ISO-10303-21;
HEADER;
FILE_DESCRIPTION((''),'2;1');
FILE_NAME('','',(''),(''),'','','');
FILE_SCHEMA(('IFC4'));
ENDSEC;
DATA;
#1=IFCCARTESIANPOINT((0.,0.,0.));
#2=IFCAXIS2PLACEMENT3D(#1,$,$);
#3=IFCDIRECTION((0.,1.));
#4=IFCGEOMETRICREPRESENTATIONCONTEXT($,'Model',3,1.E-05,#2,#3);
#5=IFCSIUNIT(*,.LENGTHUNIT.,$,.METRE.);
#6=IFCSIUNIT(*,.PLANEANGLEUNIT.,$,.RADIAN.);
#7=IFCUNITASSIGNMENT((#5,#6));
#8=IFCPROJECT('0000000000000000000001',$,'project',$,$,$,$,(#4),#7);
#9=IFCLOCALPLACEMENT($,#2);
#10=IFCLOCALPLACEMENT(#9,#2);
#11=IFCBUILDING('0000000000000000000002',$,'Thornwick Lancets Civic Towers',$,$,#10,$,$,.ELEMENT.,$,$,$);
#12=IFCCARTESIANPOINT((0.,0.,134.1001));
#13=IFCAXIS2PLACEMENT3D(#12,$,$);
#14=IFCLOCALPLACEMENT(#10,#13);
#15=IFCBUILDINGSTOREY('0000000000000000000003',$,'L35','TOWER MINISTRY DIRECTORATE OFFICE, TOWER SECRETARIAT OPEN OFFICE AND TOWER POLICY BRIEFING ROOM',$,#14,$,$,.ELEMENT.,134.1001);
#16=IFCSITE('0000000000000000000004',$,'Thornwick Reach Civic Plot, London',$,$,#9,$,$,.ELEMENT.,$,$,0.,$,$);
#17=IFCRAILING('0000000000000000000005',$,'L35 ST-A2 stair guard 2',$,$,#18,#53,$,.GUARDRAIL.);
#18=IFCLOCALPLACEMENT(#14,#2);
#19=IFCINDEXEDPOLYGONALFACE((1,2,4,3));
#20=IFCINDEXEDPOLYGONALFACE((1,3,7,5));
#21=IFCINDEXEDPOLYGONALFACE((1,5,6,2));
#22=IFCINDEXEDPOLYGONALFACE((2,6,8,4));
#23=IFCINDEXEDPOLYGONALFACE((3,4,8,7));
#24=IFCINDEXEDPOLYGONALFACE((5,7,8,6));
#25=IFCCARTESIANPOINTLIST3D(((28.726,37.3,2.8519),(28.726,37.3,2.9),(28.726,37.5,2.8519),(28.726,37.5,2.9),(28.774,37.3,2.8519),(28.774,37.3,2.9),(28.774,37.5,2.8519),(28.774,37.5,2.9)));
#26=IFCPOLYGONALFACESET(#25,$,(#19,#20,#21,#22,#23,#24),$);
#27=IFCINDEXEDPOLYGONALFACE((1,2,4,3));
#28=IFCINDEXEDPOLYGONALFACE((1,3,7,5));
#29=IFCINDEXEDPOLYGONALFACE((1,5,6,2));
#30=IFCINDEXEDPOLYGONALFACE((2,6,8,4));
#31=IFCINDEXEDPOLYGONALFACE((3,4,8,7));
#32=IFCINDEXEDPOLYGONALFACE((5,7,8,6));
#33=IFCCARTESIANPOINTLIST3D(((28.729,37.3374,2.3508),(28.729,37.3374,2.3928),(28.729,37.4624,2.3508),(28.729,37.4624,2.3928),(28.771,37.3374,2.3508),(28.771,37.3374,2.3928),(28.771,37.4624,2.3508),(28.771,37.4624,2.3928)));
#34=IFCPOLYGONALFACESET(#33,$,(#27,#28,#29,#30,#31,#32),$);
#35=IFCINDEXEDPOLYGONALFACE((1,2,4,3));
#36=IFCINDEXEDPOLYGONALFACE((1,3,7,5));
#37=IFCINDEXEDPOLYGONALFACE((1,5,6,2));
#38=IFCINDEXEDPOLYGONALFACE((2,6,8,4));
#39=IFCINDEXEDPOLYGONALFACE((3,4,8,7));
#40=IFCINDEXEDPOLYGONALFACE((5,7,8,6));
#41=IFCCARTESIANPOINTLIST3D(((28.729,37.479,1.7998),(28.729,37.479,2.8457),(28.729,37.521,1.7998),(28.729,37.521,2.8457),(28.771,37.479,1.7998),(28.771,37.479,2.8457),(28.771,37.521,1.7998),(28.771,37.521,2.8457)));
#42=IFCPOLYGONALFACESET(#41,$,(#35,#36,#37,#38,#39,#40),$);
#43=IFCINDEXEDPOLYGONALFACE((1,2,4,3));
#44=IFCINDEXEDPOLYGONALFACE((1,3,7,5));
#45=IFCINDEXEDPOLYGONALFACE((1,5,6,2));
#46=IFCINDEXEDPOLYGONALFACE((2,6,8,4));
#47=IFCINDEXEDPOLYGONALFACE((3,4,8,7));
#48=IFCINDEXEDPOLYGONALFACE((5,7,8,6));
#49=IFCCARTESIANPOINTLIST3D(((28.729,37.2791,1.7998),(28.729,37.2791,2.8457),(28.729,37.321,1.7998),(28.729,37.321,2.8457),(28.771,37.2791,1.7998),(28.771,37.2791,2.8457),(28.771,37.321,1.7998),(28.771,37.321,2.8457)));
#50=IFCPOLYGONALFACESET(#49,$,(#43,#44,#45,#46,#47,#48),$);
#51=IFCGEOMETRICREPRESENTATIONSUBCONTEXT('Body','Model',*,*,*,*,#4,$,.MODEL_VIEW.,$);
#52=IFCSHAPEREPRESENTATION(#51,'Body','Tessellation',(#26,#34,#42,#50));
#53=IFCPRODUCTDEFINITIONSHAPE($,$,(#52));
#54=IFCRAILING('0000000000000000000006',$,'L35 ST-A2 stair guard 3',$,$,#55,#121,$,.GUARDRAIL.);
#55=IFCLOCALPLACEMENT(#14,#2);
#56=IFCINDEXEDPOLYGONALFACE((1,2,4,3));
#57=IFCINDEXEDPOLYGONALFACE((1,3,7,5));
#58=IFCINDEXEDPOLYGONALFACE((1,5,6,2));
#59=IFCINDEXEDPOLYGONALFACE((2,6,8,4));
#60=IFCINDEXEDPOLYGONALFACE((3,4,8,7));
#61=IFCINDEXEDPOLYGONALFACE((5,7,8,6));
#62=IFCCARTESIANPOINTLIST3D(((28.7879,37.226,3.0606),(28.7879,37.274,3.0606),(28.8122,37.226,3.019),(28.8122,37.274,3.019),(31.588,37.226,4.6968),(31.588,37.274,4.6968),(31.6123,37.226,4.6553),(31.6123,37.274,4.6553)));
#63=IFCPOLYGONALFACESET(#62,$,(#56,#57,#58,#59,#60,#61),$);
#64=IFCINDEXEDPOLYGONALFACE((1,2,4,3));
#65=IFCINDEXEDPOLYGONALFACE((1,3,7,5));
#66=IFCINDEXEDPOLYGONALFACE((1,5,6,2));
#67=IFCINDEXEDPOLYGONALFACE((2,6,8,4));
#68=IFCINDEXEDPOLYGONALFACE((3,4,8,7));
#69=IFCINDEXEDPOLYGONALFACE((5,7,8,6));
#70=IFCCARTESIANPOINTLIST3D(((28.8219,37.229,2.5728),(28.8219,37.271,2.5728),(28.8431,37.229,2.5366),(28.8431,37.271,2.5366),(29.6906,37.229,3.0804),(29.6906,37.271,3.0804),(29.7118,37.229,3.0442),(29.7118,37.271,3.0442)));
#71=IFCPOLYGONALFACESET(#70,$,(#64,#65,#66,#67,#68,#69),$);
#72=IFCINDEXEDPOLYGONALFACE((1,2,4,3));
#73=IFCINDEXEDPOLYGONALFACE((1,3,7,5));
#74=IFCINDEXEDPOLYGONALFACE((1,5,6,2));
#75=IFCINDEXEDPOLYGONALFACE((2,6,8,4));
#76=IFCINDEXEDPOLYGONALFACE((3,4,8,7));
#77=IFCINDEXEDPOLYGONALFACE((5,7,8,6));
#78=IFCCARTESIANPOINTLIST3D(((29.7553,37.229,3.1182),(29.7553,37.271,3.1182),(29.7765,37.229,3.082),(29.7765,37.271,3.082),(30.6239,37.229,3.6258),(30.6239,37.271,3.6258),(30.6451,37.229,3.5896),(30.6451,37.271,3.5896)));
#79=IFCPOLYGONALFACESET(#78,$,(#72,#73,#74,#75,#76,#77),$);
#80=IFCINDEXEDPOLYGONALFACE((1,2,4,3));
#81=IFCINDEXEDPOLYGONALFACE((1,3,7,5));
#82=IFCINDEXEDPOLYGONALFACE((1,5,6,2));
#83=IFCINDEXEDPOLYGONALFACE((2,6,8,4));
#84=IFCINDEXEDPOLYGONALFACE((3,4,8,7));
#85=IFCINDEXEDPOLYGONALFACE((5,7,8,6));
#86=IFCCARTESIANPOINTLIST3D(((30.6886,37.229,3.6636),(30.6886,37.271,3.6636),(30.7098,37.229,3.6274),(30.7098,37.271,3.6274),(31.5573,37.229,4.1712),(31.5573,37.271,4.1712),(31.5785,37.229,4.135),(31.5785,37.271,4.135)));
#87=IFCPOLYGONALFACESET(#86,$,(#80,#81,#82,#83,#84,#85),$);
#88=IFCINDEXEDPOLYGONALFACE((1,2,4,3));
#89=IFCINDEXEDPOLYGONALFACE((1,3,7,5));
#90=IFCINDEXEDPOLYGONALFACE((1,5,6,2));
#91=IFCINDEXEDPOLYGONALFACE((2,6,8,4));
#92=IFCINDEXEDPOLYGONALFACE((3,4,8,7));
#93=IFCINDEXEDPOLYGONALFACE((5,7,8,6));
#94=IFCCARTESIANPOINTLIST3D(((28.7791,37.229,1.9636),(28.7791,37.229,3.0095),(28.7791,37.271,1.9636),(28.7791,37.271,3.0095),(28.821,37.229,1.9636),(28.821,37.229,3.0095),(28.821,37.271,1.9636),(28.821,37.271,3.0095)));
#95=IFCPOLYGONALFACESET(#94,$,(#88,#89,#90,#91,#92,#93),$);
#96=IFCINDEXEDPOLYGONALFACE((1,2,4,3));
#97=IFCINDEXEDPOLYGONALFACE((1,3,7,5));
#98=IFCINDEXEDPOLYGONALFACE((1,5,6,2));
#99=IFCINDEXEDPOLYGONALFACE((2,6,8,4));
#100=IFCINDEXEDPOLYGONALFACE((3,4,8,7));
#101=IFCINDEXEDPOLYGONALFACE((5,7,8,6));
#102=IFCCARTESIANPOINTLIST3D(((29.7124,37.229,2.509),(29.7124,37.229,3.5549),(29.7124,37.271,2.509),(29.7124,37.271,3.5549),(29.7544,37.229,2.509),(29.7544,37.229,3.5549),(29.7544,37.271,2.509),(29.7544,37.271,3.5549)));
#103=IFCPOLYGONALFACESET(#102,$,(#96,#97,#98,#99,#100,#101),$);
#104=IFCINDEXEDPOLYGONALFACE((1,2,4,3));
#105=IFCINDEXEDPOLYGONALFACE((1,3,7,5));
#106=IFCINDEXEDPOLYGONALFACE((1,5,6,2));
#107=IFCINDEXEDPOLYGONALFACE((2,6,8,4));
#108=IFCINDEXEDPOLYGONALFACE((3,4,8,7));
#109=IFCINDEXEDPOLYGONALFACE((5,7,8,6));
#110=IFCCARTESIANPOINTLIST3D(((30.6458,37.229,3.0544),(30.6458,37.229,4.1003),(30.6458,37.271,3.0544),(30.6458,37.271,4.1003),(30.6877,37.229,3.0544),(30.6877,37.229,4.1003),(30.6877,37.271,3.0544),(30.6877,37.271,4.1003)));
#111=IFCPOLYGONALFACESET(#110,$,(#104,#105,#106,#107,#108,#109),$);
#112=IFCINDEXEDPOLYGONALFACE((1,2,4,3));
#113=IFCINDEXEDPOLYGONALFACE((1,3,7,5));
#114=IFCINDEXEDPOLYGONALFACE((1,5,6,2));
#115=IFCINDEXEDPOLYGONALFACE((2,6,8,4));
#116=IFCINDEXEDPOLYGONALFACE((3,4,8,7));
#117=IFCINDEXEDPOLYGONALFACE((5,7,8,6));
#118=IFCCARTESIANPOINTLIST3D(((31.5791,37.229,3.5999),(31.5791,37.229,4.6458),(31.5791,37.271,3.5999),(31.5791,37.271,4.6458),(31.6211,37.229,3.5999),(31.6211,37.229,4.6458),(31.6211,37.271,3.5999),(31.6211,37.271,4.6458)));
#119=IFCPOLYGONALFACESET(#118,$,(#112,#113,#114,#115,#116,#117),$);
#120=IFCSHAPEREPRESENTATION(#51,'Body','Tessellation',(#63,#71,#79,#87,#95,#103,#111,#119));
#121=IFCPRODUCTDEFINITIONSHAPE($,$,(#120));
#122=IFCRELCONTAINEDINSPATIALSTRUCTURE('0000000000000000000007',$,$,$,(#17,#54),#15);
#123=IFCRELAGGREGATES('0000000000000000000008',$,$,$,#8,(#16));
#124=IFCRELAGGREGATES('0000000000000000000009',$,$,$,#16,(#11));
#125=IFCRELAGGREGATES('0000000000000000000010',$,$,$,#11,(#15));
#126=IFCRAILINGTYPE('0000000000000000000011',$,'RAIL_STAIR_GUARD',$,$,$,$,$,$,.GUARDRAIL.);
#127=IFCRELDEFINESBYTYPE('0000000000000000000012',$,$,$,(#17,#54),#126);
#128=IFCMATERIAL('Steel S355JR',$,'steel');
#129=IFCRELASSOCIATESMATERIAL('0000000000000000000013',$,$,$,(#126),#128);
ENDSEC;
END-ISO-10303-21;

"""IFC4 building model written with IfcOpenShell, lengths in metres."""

from ifc_helpers import new_model, si_unit, direction, frame, origin, origin_2d, place, context, subcontext, project, spatial, rectangle, extrude, material, type_object, element, save


model = new_model("IFC4")

# Units and contexts
model_context = context("Model", 3, precision=1e-05, world=origin(), true_north=direction((0.0, 1.0)))
body_context = subcontext(model_context, "Body", "Model", "MODEL_VIEW")
ifc_project = project(units=[si_unit("LENGTHUNIT", "METRE"), si_unit("PLANEANGLEUNIT", "RADIAN")], contexts=[model_context])

# Site, building, storey
site_placement = place(None, origin())
site = spatial("IfcSite", under=ifc_project, at=site_placement, Name="Thornwick Reach Civic Plot, London", CompositionType="ELEMENT", RefElevation=0.0)
building_placement = place(site_placement, origin())
building = spatial("IfcBuilding", under=site, at=building_placement, Name="Thornwick Lancets Civic Towers", CompositionType="ELEMENT")
storey_placement = place(building_placement, frame((0.0, 0.0, 134.1001)))
storey = spatial("IfcBuildingStorey", under=building, at=storey_placement, Name="L35", Description="TOWER MINISTRY DIRECTORATE OFFICE, TOWER SECRETARIAT OPEN OFFICE AND TOWER POLICY BRIEFING ROOM", CompositionType="ELEMENT", Elevation=134.1001)

# Shared definitions
ifc_material_1 = material(Name="Steel S355JR", Category="steel")

# Railings
railing_type_1 = type_object("IfcRailingType", Name="RAIL_STAIR_GUARD", PredefinedType="GUARDRAIL", material=ifc_material_1)
railing_1_placement = place(storey_placement, frame((28.75, 37.5, 1.7998)))
element("IfcRailing", 1, at=railing_1_placement, inside=storey, type_object=railing_type_1, Name="L35 ST-A2 stair guard 2", PredefinedType="GUARDRAIL", context=body_context, shape_type="SweptSolid", body=[
    extrude(rectangle(XDim=0.0481, YDim=0.0481, at=origin_2d()), frame((0.0, 0.0, 1.0762), z_axis=(0.0, -1.0, 0.0), x_axis=(1.0, 0.0, 0.0)), (0.0, 0.0, 1.0), 0.2),
    extrude(rectangle(XDim=0.042, YDim=0.042, at=origin_2d()), frame((0.0, -0.0376, 0.572), z_axis=(0.0, -1.0, 0.0), x_axis=(1.0, 0.0, 0.0)), (0.0, 0.0, 1.0), 0.125),
    extrude(rectangle(XDim=0.042, YDim=0.042, at=origin_2d()), origin(), (0.0, 0.0, 1.0), 1.0459),
    extrude(rectangle(XDim=0.042, YDim=0.042, at=origin_2d()), frame((0.0, -0.2, 0.0)), (0.0, 0.0, 1.0), 1.0459),
])
railing_2_placement = place(storey_placement, frame((28.8, 37.25, 1.9636)))
element("IfcRailing", 2, at=railing_2_placement, inside=storey, type_object=railing_type_1, Name="L35 ST-A2 stair guard 3", PredefinedType="GUARDRAIL", context=body_context, shape_type="SweptSolid", body=[
    extrude(rectangle(XDim=0.0481, YDim=0.0481, at=origin_2d()), frame((0.0, 0.0, 1.0762), z_axis=(0.863394, 0.0, 0.504531), x_axis=(0.0, 1.0, 0.0)), (0.0, 0.0, 1.0), 3.2432),
    extrude(rectangle(XDim=0.042, YDim=0.042, at=origin_2d()), frame((0.0325, 0.0, 0.5911), z_axis=(0.863394, 0.0, 0.504531), x_axis=(0.0, 1.0, 0.0)), (0.0, 0.0, 1.0), 1.0061),
    extrude(rectangle(XDim=0.042, YDim=0.042, at=origin_2d()), frame((0.9658, 0.0, 1.1365), z_axis=(0.863394, 0.0, 0.504531), x_axis=(0.0, 1.0, 0.0)), (0.0, 0.0, 1.0), 1.0061),
    extrude(rectangle(XDim=0.042, YDim=0.042, at=origin_2d()), frame((1.8992, 0.0, 1.6819), z_axis=(0.863394, 0.0, 0.504531), x_axis=(0.0, 1.0, 0.0)), (0.0, 0.0, 1.0), 1.0061),
    extrude(rectangle(XDim=0.042, YDim=0.042, at=origin_2d()), origin(), (0.0, 0.0, 1.0), 1.0459),
    extrude(rectangle(XDim=0.042, YDim=0.042, at=origin_2d()), frame((0.9333, 0.0, 0.5454)), (0.0, 0.0, 1.0), 1.0459),
    extrude(rectangle(XDim=0.042, YDim=0.042, at=origin_2d()), frame((1.8667, 0.0, 1.0908)), (0.0, 0.0, 1.0), 1.0459),
    extrude(rectangle(XDim=0.042, YDim=0.042, at=origin_2d()), frame((2.8, 0.0, 1.6362)), (0.0, 0.0, 1.0), 1.0459),
])

save(model, "model.ifc")
